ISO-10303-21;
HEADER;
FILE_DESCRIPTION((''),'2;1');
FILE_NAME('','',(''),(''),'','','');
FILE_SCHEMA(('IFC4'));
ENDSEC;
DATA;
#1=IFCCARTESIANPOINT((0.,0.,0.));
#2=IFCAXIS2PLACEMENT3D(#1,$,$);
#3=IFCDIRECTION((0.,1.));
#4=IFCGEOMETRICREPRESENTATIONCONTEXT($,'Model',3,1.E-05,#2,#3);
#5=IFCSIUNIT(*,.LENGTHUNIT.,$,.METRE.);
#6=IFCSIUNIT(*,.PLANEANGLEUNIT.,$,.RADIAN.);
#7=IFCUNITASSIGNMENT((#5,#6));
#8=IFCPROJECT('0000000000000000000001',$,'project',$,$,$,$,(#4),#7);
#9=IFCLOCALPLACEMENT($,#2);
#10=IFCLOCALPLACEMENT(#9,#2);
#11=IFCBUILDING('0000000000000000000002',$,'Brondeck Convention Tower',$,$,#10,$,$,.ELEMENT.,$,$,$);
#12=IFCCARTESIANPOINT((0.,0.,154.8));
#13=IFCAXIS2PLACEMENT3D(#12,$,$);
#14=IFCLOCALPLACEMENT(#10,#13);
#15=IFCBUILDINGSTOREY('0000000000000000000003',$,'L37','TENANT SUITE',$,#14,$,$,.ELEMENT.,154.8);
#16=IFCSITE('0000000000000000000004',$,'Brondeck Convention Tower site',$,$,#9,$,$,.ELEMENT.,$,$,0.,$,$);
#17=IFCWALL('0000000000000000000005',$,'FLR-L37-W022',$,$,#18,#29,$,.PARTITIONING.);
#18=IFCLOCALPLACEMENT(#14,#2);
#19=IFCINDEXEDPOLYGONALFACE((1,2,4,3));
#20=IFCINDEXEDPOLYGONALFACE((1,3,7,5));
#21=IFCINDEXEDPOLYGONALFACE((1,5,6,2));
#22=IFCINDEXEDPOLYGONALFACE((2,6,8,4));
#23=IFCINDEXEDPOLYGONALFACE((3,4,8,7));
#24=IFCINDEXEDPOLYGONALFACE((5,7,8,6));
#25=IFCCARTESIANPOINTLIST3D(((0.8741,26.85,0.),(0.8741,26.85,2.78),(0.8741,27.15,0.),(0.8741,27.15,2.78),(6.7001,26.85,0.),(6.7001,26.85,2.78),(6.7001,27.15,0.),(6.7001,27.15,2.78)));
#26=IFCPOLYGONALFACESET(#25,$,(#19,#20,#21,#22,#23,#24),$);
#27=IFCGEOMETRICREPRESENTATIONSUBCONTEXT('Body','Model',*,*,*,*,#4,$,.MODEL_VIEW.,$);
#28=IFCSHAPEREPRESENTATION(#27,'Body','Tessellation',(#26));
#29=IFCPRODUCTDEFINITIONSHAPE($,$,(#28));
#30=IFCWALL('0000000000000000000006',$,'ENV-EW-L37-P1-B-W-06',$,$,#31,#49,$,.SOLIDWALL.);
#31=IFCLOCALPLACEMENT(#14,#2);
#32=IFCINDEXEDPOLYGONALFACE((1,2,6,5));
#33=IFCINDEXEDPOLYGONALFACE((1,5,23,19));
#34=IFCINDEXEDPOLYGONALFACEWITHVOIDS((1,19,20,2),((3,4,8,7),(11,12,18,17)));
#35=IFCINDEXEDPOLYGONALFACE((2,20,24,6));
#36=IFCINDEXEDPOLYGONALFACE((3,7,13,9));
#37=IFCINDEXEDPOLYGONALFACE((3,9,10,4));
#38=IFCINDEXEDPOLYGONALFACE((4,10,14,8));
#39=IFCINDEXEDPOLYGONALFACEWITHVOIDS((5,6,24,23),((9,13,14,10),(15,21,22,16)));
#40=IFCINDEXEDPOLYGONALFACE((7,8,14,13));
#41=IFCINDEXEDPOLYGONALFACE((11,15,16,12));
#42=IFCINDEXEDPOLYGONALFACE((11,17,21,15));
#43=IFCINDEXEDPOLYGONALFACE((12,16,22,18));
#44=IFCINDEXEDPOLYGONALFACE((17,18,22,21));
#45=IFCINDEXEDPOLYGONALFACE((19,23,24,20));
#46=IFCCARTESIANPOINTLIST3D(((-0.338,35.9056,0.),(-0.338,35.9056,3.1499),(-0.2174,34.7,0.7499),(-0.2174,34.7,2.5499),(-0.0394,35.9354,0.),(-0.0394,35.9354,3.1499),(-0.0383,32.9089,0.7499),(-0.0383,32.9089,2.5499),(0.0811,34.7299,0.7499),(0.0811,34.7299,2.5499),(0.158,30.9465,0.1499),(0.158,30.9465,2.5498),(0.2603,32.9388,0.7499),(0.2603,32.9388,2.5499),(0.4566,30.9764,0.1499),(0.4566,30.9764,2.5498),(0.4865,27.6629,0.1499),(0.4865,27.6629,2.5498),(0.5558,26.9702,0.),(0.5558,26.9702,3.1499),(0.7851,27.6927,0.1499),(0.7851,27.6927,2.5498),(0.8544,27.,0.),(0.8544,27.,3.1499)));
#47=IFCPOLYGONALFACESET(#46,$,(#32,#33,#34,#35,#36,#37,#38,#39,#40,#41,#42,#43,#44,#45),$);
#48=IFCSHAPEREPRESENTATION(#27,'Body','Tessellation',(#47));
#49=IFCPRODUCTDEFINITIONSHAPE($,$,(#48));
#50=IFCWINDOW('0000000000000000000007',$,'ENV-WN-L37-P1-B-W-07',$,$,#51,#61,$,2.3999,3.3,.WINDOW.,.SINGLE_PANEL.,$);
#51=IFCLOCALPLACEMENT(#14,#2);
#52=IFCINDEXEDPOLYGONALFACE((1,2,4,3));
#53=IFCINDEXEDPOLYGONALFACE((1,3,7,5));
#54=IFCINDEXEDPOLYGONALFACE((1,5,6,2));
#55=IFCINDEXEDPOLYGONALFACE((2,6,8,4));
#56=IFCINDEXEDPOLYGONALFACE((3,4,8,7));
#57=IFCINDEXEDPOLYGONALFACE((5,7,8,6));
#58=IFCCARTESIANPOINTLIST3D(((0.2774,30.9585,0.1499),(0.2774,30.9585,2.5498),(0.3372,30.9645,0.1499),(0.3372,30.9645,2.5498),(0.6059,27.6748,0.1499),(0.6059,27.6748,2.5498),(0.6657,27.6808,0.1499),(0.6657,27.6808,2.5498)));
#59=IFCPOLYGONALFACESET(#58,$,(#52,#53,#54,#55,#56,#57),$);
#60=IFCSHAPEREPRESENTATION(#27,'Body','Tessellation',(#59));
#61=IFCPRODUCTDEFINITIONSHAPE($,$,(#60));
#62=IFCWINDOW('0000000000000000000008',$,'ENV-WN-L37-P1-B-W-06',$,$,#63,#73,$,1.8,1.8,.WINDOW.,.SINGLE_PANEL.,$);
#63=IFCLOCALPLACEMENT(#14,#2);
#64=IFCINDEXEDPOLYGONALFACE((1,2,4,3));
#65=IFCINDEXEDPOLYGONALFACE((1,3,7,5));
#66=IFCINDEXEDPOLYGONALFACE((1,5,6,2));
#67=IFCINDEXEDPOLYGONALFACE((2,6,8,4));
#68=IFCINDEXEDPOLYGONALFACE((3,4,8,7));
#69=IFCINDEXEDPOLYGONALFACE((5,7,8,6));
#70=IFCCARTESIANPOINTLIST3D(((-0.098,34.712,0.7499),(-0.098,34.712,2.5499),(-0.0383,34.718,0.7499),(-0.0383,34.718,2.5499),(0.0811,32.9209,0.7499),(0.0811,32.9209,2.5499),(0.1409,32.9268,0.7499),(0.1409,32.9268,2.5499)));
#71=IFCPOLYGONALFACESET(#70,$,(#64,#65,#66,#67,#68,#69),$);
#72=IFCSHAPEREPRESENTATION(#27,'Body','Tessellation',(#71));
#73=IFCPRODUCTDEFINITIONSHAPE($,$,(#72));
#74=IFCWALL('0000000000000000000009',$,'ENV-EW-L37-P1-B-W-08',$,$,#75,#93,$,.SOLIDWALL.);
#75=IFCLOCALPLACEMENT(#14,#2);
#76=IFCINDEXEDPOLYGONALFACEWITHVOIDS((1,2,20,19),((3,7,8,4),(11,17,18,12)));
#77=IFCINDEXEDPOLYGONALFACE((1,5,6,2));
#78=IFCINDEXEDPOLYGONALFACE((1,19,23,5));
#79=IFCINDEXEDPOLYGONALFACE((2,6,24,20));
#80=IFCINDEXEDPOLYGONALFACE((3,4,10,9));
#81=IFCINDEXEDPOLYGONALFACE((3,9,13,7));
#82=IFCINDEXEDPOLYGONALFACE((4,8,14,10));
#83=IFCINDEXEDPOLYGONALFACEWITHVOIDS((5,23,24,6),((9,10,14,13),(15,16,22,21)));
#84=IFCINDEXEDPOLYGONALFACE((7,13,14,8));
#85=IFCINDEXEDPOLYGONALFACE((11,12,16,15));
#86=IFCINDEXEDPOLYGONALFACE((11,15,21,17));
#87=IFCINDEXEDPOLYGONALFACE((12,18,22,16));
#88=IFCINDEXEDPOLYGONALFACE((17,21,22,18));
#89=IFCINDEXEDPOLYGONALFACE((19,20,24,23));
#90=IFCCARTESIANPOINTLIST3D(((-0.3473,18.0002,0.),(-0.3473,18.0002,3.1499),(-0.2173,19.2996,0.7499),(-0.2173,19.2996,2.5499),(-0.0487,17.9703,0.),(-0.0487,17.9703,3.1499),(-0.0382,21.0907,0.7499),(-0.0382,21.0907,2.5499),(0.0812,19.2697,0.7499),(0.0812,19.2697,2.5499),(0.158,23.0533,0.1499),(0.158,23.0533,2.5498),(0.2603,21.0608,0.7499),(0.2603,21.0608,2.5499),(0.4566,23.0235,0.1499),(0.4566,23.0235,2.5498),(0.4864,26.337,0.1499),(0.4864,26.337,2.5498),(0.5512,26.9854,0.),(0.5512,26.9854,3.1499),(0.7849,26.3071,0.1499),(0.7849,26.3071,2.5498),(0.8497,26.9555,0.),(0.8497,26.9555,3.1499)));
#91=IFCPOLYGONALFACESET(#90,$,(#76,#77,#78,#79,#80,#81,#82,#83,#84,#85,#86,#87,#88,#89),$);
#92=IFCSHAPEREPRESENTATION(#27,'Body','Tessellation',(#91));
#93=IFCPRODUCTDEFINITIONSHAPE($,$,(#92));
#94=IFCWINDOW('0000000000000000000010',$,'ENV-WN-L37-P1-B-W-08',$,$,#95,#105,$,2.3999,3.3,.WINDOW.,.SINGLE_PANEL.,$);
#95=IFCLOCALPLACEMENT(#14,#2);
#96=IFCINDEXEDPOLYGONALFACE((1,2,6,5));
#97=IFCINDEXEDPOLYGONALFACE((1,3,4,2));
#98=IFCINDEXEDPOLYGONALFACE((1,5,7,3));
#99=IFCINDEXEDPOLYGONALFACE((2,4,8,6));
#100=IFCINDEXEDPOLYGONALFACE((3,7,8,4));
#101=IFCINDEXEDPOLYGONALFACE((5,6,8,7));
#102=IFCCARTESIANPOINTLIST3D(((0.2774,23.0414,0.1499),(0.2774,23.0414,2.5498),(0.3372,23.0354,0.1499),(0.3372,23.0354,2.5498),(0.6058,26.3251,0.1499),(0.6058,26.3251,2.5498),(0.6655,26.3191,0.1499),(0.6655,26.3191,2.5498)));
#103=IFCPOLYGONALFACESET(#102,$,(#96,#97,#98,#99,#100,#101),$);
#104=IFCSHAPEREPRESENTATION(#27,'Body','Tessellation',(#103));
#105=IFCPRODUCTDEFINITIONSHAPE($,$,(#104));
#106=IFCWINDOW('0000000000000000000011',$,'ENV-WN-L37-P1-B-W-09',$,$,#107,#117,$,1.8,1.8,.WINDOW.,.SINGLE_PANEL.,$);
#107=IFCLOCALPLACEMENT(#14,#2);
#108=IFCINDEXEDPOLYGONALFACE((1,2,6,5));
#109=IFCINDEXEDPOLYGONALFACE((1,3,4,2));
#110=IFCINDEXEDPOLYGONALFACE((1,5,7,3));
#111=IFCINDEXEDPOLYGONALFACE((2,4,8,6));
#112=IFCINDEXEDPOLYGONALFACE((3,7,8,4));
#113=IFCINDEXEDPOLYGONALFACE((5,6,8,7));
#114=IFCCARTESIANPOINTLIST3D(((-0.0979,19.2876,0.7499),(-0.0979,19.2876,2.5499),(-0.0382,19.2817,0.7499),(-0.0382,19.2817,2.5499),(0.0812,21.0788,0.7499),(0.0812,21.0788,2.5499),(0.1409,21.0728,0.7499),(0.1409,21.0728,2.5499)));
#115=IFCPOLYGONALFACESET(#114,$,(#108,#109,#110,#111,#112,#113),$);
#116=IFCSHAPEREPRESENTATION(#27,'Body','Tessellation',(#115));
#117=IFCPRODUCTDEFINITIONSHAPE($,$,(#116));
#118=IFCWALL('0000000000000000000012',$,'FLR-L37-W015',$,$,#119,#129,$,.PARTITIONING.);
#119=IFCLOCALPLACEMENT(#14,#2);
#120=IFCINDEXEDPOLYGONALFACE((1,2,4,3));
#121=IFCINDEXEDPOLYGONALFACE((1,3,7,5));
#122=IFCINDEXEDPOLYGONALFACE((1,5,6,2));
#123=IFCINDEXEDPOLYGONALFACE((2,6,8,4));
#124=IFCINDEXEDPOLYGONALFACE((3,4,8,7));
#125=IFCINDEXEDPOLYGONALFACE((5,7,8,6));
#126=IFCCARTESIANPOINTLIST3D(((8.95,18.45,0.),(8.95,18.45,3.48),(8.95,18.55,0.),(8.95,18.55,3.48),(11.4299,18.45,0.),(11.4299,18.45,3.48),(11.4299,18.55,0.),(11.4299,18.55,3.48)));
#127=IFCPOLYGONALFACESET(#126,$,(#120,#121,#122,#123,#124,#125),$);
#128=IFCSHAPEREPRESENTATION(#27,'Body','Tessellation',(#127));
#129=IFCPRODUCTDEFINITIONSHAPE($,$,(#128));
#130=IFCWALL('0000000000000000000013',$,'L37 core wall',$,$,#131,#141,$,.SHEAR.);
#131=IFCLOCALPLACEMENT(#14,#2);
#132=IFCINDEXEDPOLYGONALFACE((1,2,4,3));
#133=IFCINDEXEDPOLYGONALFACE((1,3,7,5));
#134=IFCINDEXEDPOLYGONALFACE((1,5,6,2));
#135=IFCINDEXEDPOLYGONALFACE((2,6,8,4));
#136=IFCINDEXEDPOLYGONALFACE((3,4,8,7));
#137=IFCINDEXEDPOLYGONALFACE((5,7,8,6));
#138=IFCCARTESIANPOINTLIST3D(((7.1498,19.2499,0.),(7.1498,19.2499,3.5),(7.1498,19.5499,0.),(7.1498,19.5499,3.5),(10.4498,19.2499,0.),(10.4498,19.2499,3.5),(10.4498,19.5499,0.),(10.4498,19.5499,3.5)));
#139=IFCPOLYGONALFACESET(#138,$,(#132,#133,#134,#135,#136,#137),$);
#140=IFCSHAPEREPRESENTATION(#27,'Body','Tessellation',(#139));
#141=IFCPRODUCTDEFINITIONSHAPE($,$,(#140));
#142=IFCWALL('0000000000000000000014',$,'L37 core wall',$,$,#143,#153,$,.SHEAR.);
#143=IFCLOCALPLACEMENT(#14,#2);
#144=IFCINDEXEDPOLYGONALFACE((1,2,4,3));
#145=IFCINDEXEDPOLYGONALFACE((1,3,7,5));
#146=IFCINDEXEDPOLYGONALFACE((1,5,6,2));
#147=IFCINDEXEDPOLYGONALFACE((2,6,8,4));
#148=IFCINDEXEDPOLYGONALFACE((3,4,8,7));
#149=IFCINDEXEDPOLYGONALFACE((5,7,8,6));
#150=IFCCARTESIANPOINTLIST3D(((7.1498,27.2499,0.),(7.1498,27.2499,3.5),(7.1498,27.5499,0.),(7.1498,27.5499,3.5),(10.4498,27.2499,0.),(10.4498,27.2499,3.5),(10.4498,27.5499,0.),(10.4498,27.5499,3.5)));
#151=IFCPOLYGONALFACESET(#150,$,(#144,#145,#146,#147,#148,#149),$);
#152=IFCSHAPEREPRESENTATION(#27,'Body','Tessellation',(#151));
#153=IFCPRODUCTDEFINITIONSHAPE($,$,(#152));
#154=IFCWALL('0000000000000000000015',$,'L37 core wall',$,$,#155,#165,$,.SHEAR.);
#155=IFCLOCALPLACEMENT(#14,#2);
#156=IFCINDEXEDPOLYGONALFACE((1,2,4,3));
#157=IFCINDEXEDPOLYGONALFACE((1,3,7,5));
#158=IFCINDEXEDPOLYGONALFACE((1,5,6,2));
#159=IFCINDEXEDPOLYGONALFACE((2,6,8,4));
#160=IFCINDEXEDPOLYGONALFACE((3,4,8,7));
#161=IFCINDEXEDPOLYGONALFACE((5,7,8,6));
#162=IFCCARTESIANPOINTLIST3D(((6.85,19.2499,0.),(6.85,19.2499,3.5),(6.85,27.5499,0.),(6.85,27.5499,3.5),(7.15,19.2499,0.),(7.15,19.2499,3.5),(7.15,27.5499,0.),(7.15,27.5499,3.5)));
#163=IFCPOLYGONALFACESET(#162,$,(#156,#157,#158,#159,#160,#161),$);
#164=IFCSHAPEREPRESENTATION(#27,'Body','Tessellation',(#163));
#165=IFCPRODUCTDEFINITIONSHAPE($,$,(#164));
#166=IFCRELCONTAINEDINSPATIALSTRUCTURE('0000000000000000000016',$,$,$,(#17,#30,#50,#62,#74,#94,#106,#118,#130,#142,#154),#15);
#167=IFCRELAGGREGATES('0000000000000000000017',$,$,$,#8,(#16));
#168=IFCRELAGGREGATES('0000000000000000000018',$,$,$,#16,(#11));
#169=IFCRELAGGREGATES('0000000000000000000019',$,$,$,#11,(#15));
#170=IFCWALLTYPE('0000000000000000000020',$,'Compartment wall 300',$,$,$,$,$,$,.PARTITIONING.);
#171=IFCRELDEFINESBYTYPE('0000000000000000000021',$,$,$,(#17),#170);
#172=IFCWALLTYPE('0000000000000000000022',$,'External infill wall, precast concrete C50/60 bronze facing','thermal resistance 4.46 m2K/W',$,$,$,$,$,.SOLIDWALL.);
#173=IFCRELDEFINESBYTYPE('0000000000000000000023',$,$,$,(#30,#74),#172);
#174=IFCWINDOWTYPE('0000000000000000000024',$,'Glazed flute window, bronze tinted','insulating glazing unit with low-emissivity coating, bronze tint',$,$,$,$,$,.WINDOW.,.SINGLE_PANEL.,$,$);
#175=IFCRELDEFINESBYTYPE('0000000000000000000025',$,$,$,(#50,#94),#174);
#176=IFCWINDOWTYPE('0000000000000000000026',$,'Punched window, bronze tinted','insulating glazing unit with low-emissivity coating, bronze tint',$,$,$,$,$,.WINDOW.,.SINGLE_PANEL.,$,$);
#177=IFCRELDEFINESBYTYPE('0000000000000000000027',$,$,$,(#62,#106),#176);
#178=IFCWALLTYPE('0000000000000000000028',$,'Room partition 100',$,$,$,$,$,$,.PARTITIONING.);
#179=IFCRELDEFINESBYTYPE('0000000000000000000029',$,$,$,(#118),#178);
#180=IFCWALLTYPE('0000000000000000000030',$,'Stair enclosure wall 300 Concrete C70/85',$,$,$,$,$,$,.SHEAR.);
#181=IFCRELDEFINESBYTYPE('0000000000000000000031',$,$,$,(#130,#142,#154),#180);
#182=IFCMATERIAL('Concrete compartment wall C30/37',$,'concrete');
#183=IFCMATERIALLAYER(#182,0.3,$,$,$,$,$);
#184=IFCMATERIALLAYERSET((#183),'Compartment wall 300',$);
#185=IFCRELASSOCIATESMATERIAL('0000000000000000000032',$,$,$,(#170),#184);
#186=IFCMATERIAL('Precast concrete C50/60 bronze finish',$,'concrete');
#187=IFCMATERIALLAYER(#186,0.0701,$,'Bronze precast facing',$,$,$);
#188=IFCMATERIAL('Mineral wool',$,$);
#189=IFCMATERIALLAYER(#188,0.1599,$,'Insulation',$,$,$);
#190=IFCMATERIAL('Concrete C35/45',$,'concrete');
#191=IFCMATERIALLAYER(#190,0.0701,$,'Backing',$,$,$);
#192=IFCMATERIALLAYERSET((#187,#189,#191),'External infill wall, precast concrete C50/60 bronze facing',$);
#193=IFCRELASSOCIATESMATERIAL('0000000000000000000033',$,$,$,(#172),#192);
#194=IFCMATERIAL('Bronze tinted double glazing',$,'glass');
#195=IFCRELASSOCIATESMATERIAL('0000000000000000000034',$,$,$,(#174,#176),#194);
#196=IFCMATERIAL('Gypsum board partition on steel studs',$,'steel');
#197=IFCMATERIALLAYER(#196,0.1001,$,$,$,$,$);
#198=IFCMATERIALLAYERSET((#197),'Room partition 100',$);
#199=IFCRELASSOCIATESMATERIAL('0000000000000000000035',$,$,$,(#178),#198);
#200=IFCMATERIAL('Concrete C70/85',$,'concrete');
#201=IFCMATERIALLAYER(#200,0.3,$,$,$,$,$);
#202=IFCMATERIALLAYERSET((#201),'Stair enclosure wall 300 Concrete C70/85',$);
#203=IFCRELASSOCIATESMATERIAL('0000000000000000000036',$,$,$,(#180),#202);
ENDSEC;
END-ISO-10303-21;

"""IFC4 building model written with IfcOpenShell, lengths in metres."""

from ifc_helpers import new_model, si_unit, direction, frame, frame_2d, origin, place, context, subcontext, project, spatial, rectangle, extrude, material, layer, layer_set, type_object, element, fill, save


model = new_model("IFC4")

# Units and contexts
model_context = context("Model", 3, precision=1e-05, world=origin(), true_north=direction((0.0, 1.0)))
body_context = subcontext(model_context, "Body", "Model", "MODEL_VIEW")
ifc_project = project(units=[si_unit("LENGTHUNIT", "METRE"), si_unit("PLANEANGLEUNIT", "RADIAN")], contexts=[model_context])

# Site, building, storey
site_placement = place(None, origin())
site = spatial("IfcSite", under=ifc_project, at=site_placement, Name="Brondeck Convention Tower site", CompositionType="ELEMENT", RefElevation=0.0)
building_placement = place(site_placement, origin())
building = spatial("IfcBuilding", under=site, at=building_placement, Name="Brondeck Convention Tower", CompositionType="ELEMENT")
storey_placement = place(building_placement, frame((0.0, 0.0, 154.8)))
storey = spatial("IfcBuildingStorey", under=building, at=storey_placement, Name="L37", Description="TENANT SUITE", CompositionType="ELEMENT", Elevation=154.8)

# Shared definitions
ifc_material_1 = material(Name="Concrete C70/85", Category="concrete")

# Wall
ifc_material_2 = material(Name="Concrete compartment wall C30/37", Category="concrete")
ifc_layer_1 = layer(ifc_material_2, 0.3)
ifc_layer_set_1 = layer_set([ifc_layer_1], Name="Compartment wall 300")
wall_type_1 = type_object("IfcWallType", Name="Compartment wall 300", PredefinedType="PARTITIONING", material=ifc_layer_set_1)
wall_1_placement = place(storey_placement, frame((0.874, 27.0, 0.0), z_axis=(0.0, 0.0, 1.0), x_axis=(1.0, 0.0, 0.0)))
element("IfcWall", 1, at=wall_1_placement, inside=storey, type_object=wall_type_1, Name="FLR-L37-W022", PredefinedType="PARTITIONING", context=body_context, shape_type="SweptSolid", body=[
    extrude(rectangle(XDim=5.8259, YDim=0.3, at=frame_2d((2.9131, 0.0))), origin(), (0.0, 0.0, 1.0), 2.78),
])

# Walls, openings, windows
ifc_material_3 = material(Name="Precast concrete C50/60 bronze finish", Category="concrete")
ifc_layer_2 = layer(ifc_material_3, 0.0701, Name="Bronze precast facing")
ifc_material_4 = material(Name="Mineral wool")
ifc_layer_3 = layer(ifc_material_4, 0.1599, Name="Insulation")
ifc_material_5 = material(Name="Concrete C35/45", Category="concrete")
ifc_layer_4 = layer(ifc_material_5, 0.0701, Name="Backing")
ifc_layer_set_2 = layer_set([ifc_layer_2, ifc_layer_3, ifc_layer_4], Name="External infill wall, precast concrete C50/60 bronze facing")
wall_type_2 = type_object("IfcWallType", Name="External infill wall, precast concrete C50/60 bronze facing", Description="thermal resistance 4.46 m2K/W", PredefinedType="SOLIDWALL", material=ifc_layer_set_2)
wall_2_placement = place(storey_placement, frame((0.7051, 26.9851, 0.0), z_axis=(0.0, 0.0, 1.0), x_axis=(-0.099533, 0.995034, 0.0)))
wall_2 = element("IfcWall", 2, at=wall_2_placement, inside=storey, type_object=wall_type_2, Name="ENV-EW-L37-P1-B-W-06", PredefinedType="SOLIDWALL", context=body_context, shape_type="SweptSolid", body=[
    extrude(rectangle(XDim=8.98, YDim=0.3, at=frame_2d((4.49, 0.0))), origin(), (0.0, 0.0, 1.0), 3.1499),
])
opening_1_placement = place(wall_2_placement, frame((0.6963, 0.0, 0.1499)))
opening_1 = element("IfcOpeningElement", 3, at=opening_1_placement, cuts=wall_2, PredefinedType="OPENING", context=body_context, shape_type="SweptSolid", body=[
    extrude(rectangle(XDim=3.3, YDim=2.3999, at=frame_2d((1.6499, 1.2))), frame((0.0, 0.1599, 0.0), z_axis=(0.0, -1.0, 0.0), x_axis=(1.0, 0.0, 0.0)), (0.0, 0.0, 1.0), 0.3201),
])
opening_2_placement = place(wall_2_placement, frame((5.9685, 0.0, 0.75)))
opening_2 = element("IfcOpeningElement", 4, at=opening_2_placement, cuts=wall_2, PredefinedType="OPENING", context=body_context, shape_type="SweptSolid", body=[
    extrude(rectangle(XDim=1.8, YDim=1.8, at=frame_2d((0.8999, 0.8999))), frame((0.0, 0.1599, 0.0), z_axis=(0.0, -1.0, 0.0), x_axis=(1.0, 0.0, 0.0)), (0.0, 0.0, 1.0), 0.3201),
])
ifc_material_6 = material(Name="Bronze tinted double glazing", Category="glass")
window_type_1 = type_object("IfcWindowType", Name="Glazed flute window, bronze tinted", Description="insulating glazing unit with low-emissivity coating, bronze tint", PartitioningType="SINGLE_PANEL", PredefinedType="WINDOW", material=ifc_material_6)
window_1_placement = place(opening_1_placement, origin())
window_1 = element("IfcWindow", 5, at=window_1_placement, inside=storey, type_object=window_type_1, Name="ENV-WN-L37-P1-B-W-07", OverallHeight=2.3999, OverallWidth=3.3, PartitioningType="SINGLE_PANEL", PredefinedType="WINDOW", context=body_context, shape_type="SweptSolid", body=[
    extrude(rectangle(XDim=3.3, YDim=2.3999, at=frame_2d((1.6499, 1.2))), frame((0.0, 0.03, 0.0), z_axis=(0.0, -1.0, 0.0), x_axis=(1.0, 0.0, 0.0)), (0.0, 0.0, 1.0), 0.0601),
])
fill(opening_1, window_1)
window_type_2 = type_object("IfcWindowType", Name="Punched window, bronze tinted", Description="insulating glazing unit with low-emissivity coating, bronze tint", PartitioningType="SINGLE_PANEL", PredefinedType="WINDOW", material=ifc_material_6)
window_2_placement = place(opening_2_placement, origin())
window_2 = element("IfcWindow", 6, at=window_2_placement, inside=storey, type_object=window_type_2, Name="ENV-WN-L37-P1-B-W-06", OverallHeight=1.8, OverallWidth=1.8, PartitioningType="SINGLE_PANEL", PredefinedType="WINDOW", context=body_context, shape_type="SweptSolid", body=[
    extrude(rectangle(XDim=1.8, YDim=1.8, at=frame_2d((0.8999, 0.8999))), frame((0.0, 0.03, 0.0), z_axis=(0.0, -1.0, 0.0), x_axis=(1.0, 0.0, 0.0)), (0.0, 0.0, 1.0), 0.0601),
])
fill(opening_2, window_2)
wall_3_placement = place(storey_placement, frame((-0.198, 17.9851, 0.0), z_axis=(0.0, 0.0, 1.0), x_axis=(0.099496, 0.995038, 0.0)))
wall_3 = element("IfcWall", 7, at=wall_3_placement, inside=storey, type_object=wall_type_2, Name="ENV-EW-L37-P1-B-W-08", PredefinedType="SOLIDWALL", context=body_context, shape_type="SweptSolid", body=[
    extrude(rectangle(XDim=9.03, YDim=0.3, at=frame_2d((4.5151, 0.0))), origin(), (0.0, 0.0, 1.0), 3.1499),
])
opening_3_placement = place(wall_3_placement, frame((1.3062, 0.0, 0.75)))
opening_3 = element("IfcOpeningElement", 8, at=opening_3_placement, cuts=wall_3, PredefinedType="OPENING", context=body_context, shape_type="SweptSolid", body=[
    extrude(rectangle(XDim=1.8, YDim=1.8, at=frame_2d((0.8999, 0.8999))), frame((0.0, 0.1599, 0.0), z_axis=(0.0, -1.0, 0.0), x_axis=(1.0, 0.0, 0.0)), (0.0, 0.0, 1.0), 0.3201),
])
opening_4_placement = place(wall_3_placement, frame((5.0786, 0.0, 0.1499)))
opening_4 = element("IfcOpeningElement", 9, at=opening_4_placement, cuts=wall_3, PredefinedType="OPENING", context=body_context, shape_type="SweptSolid", body=[
    extrude(rectangle(XDim=3.3, YDim=2.3999, at=frame_2d((1.6499, 1.2))), frame((0.0, 0.1599, 0.0), z_axis=(0.0, -1.0, 0.0), x_axis=(1.0, 0.0, 0.0)), (0.0, 0.0, 1.0), 0.3201),
])
window_3_placement = place(opening_4_placement, origin())
window_3 = element("IfcWindow", 10, at=window_3_placement, inside=storey, type_object=window_type_1, Name="ENV-WN-L37-P1-B-W-08", OverallHeight=2.3999, OverallWidth=3.3, PartitioningType="SINGLE_PANEL", PredefinedType="WINDOW", context=body_context, shape_type="SweptSolid", body=[
    extrude(rectangle(XDim=3.3, YDim=2.3999, at=frame_2d((1.6499, 1.2))), frame((0.0, 0.03, 0.0), z_axis=(0.0, -1.0, 0.0), x_axis=(1.0, 0.0, 0.0)), (0.0, 0.0, 1.0), 0.0601),
])
fill(opening_4, window_3)
window_4_placement = place(opening_3_placement, origin())
window_4 = element("IfcWindow", 11, at=window_4_placement, inside=storey, type_object=window_type_2, Name="ENV-WN-L37-P1-B-W-09", OverallHeight=1.8, OverallWidth=1.8, PartitioningType="SINGLE_PANEL", PredefinedType="WINDOW", context=body_context, shape_type="SweptSolid", body=[
    extrude(rectangle(XDim=1.8, YDim=1.8, at=frame_2d((0.8999, 0.8999))), frame((0.0, 0.03, 0.0), z_axis=(0.0, -1.0, 0.0), x_axis=(1.0, 0.0, 0.0)), (0.0, 0.0, 1.0), 0.0601),
])
fill(opening_3, window_4)

# Walls
ifc_material_7 = material(Name="Gypsum board partition on steel studs", Category="steel")
ifc_layer_5 = layer(ifc_material_7, 0.1001)
ifc_layer_set_3 = layer_set([ifc_layer_5], Name="Room partition 100")
wall_type_3 = type_object("IfcWallType", Name="Room partition 100", PredefinedType="PARTITIONING", material=ifc_layer_set_3)
wall_4_placement = place(storey_placement, frame((8.95, 18.5, 0.0), z_axis=(0.0, 0.0, 1.0), x_axis=(1.0, 0.0, 0.0)))
element("IfcWall", 12, at=wall_4_placement, inside=storey, type_object=wall_type_3, Name="FLR-L37-W015", PredefinedType="PARTITIONING", context=body_context, shape_type="SweptSolid", body=[
    extrude(rectangle(XDim=2.48, YDim=0.1001, at=frame_2d((1.24, 0.0))), origin(), (0.0, 0.0, 1.0), 3.48),
])
ifc_layer_6 = layer(ifc_material_1, 0.3)
ifc_layer_set_4 = layer_set([ifc_layer_6], Name="Stair enclosure wall 300 Concrete C70/85")
wall_type_4 = type_object("IfcWallType", Name="Stair enclosure wall 300 Concrete C70/85", PredefinedType="SHEAR", material=ifc_layer_set_4)
for number, where, z_axis, x_axis, name in (
    (13, (7.1499, 19.3999, 0.0), (0.0, 0.0, 1.0), (1.0, 0.0, 0.0), "L37 core wall"),
    (14, (7.1499, 27.3999, 0.0), (0.0, 0.0, 1.0), (1.0, 0.0, 0.0), "L37 core wall"),
):
    element("IfcWall", number, at=place(storey_placement, frame(where, z_axis=z_axis, x_axis=x_axis)), inside=storey, type_object=wall_type_4, Name=name, PredefinedType="SHEAR", context=body_context, shape_type="SweptSolid", body=[
        extrude(rectangle(XDim=3.3, YDim=0.3, at=frame_2d((1.6499, 0.0))), origin(), (0.0, 0.0, 1.0), 3.5),
    ])
wall_5_placement = place(storey_placement, frame((7.0, 19.25, 0.0), z_axis=(0.0, 0.0, 1.0), x_axis=(0.0, 1.0, 0.0)))
element("IfcWall", 15, at=wall_5_placement, inside=storey, type_object=wall_type_4, Name="L37 core wall", PredefinedType="SHEAR", context=body_context, shape_type="SweptSolid", body=[
    extrude(rectangle(XDim=8.3, YDim=0.3, at=frame_2d((4.1499, 0.0))), origin(), (0.0, 0.0, 1.0), 3.5),
])

save(model, "model.ifc")
